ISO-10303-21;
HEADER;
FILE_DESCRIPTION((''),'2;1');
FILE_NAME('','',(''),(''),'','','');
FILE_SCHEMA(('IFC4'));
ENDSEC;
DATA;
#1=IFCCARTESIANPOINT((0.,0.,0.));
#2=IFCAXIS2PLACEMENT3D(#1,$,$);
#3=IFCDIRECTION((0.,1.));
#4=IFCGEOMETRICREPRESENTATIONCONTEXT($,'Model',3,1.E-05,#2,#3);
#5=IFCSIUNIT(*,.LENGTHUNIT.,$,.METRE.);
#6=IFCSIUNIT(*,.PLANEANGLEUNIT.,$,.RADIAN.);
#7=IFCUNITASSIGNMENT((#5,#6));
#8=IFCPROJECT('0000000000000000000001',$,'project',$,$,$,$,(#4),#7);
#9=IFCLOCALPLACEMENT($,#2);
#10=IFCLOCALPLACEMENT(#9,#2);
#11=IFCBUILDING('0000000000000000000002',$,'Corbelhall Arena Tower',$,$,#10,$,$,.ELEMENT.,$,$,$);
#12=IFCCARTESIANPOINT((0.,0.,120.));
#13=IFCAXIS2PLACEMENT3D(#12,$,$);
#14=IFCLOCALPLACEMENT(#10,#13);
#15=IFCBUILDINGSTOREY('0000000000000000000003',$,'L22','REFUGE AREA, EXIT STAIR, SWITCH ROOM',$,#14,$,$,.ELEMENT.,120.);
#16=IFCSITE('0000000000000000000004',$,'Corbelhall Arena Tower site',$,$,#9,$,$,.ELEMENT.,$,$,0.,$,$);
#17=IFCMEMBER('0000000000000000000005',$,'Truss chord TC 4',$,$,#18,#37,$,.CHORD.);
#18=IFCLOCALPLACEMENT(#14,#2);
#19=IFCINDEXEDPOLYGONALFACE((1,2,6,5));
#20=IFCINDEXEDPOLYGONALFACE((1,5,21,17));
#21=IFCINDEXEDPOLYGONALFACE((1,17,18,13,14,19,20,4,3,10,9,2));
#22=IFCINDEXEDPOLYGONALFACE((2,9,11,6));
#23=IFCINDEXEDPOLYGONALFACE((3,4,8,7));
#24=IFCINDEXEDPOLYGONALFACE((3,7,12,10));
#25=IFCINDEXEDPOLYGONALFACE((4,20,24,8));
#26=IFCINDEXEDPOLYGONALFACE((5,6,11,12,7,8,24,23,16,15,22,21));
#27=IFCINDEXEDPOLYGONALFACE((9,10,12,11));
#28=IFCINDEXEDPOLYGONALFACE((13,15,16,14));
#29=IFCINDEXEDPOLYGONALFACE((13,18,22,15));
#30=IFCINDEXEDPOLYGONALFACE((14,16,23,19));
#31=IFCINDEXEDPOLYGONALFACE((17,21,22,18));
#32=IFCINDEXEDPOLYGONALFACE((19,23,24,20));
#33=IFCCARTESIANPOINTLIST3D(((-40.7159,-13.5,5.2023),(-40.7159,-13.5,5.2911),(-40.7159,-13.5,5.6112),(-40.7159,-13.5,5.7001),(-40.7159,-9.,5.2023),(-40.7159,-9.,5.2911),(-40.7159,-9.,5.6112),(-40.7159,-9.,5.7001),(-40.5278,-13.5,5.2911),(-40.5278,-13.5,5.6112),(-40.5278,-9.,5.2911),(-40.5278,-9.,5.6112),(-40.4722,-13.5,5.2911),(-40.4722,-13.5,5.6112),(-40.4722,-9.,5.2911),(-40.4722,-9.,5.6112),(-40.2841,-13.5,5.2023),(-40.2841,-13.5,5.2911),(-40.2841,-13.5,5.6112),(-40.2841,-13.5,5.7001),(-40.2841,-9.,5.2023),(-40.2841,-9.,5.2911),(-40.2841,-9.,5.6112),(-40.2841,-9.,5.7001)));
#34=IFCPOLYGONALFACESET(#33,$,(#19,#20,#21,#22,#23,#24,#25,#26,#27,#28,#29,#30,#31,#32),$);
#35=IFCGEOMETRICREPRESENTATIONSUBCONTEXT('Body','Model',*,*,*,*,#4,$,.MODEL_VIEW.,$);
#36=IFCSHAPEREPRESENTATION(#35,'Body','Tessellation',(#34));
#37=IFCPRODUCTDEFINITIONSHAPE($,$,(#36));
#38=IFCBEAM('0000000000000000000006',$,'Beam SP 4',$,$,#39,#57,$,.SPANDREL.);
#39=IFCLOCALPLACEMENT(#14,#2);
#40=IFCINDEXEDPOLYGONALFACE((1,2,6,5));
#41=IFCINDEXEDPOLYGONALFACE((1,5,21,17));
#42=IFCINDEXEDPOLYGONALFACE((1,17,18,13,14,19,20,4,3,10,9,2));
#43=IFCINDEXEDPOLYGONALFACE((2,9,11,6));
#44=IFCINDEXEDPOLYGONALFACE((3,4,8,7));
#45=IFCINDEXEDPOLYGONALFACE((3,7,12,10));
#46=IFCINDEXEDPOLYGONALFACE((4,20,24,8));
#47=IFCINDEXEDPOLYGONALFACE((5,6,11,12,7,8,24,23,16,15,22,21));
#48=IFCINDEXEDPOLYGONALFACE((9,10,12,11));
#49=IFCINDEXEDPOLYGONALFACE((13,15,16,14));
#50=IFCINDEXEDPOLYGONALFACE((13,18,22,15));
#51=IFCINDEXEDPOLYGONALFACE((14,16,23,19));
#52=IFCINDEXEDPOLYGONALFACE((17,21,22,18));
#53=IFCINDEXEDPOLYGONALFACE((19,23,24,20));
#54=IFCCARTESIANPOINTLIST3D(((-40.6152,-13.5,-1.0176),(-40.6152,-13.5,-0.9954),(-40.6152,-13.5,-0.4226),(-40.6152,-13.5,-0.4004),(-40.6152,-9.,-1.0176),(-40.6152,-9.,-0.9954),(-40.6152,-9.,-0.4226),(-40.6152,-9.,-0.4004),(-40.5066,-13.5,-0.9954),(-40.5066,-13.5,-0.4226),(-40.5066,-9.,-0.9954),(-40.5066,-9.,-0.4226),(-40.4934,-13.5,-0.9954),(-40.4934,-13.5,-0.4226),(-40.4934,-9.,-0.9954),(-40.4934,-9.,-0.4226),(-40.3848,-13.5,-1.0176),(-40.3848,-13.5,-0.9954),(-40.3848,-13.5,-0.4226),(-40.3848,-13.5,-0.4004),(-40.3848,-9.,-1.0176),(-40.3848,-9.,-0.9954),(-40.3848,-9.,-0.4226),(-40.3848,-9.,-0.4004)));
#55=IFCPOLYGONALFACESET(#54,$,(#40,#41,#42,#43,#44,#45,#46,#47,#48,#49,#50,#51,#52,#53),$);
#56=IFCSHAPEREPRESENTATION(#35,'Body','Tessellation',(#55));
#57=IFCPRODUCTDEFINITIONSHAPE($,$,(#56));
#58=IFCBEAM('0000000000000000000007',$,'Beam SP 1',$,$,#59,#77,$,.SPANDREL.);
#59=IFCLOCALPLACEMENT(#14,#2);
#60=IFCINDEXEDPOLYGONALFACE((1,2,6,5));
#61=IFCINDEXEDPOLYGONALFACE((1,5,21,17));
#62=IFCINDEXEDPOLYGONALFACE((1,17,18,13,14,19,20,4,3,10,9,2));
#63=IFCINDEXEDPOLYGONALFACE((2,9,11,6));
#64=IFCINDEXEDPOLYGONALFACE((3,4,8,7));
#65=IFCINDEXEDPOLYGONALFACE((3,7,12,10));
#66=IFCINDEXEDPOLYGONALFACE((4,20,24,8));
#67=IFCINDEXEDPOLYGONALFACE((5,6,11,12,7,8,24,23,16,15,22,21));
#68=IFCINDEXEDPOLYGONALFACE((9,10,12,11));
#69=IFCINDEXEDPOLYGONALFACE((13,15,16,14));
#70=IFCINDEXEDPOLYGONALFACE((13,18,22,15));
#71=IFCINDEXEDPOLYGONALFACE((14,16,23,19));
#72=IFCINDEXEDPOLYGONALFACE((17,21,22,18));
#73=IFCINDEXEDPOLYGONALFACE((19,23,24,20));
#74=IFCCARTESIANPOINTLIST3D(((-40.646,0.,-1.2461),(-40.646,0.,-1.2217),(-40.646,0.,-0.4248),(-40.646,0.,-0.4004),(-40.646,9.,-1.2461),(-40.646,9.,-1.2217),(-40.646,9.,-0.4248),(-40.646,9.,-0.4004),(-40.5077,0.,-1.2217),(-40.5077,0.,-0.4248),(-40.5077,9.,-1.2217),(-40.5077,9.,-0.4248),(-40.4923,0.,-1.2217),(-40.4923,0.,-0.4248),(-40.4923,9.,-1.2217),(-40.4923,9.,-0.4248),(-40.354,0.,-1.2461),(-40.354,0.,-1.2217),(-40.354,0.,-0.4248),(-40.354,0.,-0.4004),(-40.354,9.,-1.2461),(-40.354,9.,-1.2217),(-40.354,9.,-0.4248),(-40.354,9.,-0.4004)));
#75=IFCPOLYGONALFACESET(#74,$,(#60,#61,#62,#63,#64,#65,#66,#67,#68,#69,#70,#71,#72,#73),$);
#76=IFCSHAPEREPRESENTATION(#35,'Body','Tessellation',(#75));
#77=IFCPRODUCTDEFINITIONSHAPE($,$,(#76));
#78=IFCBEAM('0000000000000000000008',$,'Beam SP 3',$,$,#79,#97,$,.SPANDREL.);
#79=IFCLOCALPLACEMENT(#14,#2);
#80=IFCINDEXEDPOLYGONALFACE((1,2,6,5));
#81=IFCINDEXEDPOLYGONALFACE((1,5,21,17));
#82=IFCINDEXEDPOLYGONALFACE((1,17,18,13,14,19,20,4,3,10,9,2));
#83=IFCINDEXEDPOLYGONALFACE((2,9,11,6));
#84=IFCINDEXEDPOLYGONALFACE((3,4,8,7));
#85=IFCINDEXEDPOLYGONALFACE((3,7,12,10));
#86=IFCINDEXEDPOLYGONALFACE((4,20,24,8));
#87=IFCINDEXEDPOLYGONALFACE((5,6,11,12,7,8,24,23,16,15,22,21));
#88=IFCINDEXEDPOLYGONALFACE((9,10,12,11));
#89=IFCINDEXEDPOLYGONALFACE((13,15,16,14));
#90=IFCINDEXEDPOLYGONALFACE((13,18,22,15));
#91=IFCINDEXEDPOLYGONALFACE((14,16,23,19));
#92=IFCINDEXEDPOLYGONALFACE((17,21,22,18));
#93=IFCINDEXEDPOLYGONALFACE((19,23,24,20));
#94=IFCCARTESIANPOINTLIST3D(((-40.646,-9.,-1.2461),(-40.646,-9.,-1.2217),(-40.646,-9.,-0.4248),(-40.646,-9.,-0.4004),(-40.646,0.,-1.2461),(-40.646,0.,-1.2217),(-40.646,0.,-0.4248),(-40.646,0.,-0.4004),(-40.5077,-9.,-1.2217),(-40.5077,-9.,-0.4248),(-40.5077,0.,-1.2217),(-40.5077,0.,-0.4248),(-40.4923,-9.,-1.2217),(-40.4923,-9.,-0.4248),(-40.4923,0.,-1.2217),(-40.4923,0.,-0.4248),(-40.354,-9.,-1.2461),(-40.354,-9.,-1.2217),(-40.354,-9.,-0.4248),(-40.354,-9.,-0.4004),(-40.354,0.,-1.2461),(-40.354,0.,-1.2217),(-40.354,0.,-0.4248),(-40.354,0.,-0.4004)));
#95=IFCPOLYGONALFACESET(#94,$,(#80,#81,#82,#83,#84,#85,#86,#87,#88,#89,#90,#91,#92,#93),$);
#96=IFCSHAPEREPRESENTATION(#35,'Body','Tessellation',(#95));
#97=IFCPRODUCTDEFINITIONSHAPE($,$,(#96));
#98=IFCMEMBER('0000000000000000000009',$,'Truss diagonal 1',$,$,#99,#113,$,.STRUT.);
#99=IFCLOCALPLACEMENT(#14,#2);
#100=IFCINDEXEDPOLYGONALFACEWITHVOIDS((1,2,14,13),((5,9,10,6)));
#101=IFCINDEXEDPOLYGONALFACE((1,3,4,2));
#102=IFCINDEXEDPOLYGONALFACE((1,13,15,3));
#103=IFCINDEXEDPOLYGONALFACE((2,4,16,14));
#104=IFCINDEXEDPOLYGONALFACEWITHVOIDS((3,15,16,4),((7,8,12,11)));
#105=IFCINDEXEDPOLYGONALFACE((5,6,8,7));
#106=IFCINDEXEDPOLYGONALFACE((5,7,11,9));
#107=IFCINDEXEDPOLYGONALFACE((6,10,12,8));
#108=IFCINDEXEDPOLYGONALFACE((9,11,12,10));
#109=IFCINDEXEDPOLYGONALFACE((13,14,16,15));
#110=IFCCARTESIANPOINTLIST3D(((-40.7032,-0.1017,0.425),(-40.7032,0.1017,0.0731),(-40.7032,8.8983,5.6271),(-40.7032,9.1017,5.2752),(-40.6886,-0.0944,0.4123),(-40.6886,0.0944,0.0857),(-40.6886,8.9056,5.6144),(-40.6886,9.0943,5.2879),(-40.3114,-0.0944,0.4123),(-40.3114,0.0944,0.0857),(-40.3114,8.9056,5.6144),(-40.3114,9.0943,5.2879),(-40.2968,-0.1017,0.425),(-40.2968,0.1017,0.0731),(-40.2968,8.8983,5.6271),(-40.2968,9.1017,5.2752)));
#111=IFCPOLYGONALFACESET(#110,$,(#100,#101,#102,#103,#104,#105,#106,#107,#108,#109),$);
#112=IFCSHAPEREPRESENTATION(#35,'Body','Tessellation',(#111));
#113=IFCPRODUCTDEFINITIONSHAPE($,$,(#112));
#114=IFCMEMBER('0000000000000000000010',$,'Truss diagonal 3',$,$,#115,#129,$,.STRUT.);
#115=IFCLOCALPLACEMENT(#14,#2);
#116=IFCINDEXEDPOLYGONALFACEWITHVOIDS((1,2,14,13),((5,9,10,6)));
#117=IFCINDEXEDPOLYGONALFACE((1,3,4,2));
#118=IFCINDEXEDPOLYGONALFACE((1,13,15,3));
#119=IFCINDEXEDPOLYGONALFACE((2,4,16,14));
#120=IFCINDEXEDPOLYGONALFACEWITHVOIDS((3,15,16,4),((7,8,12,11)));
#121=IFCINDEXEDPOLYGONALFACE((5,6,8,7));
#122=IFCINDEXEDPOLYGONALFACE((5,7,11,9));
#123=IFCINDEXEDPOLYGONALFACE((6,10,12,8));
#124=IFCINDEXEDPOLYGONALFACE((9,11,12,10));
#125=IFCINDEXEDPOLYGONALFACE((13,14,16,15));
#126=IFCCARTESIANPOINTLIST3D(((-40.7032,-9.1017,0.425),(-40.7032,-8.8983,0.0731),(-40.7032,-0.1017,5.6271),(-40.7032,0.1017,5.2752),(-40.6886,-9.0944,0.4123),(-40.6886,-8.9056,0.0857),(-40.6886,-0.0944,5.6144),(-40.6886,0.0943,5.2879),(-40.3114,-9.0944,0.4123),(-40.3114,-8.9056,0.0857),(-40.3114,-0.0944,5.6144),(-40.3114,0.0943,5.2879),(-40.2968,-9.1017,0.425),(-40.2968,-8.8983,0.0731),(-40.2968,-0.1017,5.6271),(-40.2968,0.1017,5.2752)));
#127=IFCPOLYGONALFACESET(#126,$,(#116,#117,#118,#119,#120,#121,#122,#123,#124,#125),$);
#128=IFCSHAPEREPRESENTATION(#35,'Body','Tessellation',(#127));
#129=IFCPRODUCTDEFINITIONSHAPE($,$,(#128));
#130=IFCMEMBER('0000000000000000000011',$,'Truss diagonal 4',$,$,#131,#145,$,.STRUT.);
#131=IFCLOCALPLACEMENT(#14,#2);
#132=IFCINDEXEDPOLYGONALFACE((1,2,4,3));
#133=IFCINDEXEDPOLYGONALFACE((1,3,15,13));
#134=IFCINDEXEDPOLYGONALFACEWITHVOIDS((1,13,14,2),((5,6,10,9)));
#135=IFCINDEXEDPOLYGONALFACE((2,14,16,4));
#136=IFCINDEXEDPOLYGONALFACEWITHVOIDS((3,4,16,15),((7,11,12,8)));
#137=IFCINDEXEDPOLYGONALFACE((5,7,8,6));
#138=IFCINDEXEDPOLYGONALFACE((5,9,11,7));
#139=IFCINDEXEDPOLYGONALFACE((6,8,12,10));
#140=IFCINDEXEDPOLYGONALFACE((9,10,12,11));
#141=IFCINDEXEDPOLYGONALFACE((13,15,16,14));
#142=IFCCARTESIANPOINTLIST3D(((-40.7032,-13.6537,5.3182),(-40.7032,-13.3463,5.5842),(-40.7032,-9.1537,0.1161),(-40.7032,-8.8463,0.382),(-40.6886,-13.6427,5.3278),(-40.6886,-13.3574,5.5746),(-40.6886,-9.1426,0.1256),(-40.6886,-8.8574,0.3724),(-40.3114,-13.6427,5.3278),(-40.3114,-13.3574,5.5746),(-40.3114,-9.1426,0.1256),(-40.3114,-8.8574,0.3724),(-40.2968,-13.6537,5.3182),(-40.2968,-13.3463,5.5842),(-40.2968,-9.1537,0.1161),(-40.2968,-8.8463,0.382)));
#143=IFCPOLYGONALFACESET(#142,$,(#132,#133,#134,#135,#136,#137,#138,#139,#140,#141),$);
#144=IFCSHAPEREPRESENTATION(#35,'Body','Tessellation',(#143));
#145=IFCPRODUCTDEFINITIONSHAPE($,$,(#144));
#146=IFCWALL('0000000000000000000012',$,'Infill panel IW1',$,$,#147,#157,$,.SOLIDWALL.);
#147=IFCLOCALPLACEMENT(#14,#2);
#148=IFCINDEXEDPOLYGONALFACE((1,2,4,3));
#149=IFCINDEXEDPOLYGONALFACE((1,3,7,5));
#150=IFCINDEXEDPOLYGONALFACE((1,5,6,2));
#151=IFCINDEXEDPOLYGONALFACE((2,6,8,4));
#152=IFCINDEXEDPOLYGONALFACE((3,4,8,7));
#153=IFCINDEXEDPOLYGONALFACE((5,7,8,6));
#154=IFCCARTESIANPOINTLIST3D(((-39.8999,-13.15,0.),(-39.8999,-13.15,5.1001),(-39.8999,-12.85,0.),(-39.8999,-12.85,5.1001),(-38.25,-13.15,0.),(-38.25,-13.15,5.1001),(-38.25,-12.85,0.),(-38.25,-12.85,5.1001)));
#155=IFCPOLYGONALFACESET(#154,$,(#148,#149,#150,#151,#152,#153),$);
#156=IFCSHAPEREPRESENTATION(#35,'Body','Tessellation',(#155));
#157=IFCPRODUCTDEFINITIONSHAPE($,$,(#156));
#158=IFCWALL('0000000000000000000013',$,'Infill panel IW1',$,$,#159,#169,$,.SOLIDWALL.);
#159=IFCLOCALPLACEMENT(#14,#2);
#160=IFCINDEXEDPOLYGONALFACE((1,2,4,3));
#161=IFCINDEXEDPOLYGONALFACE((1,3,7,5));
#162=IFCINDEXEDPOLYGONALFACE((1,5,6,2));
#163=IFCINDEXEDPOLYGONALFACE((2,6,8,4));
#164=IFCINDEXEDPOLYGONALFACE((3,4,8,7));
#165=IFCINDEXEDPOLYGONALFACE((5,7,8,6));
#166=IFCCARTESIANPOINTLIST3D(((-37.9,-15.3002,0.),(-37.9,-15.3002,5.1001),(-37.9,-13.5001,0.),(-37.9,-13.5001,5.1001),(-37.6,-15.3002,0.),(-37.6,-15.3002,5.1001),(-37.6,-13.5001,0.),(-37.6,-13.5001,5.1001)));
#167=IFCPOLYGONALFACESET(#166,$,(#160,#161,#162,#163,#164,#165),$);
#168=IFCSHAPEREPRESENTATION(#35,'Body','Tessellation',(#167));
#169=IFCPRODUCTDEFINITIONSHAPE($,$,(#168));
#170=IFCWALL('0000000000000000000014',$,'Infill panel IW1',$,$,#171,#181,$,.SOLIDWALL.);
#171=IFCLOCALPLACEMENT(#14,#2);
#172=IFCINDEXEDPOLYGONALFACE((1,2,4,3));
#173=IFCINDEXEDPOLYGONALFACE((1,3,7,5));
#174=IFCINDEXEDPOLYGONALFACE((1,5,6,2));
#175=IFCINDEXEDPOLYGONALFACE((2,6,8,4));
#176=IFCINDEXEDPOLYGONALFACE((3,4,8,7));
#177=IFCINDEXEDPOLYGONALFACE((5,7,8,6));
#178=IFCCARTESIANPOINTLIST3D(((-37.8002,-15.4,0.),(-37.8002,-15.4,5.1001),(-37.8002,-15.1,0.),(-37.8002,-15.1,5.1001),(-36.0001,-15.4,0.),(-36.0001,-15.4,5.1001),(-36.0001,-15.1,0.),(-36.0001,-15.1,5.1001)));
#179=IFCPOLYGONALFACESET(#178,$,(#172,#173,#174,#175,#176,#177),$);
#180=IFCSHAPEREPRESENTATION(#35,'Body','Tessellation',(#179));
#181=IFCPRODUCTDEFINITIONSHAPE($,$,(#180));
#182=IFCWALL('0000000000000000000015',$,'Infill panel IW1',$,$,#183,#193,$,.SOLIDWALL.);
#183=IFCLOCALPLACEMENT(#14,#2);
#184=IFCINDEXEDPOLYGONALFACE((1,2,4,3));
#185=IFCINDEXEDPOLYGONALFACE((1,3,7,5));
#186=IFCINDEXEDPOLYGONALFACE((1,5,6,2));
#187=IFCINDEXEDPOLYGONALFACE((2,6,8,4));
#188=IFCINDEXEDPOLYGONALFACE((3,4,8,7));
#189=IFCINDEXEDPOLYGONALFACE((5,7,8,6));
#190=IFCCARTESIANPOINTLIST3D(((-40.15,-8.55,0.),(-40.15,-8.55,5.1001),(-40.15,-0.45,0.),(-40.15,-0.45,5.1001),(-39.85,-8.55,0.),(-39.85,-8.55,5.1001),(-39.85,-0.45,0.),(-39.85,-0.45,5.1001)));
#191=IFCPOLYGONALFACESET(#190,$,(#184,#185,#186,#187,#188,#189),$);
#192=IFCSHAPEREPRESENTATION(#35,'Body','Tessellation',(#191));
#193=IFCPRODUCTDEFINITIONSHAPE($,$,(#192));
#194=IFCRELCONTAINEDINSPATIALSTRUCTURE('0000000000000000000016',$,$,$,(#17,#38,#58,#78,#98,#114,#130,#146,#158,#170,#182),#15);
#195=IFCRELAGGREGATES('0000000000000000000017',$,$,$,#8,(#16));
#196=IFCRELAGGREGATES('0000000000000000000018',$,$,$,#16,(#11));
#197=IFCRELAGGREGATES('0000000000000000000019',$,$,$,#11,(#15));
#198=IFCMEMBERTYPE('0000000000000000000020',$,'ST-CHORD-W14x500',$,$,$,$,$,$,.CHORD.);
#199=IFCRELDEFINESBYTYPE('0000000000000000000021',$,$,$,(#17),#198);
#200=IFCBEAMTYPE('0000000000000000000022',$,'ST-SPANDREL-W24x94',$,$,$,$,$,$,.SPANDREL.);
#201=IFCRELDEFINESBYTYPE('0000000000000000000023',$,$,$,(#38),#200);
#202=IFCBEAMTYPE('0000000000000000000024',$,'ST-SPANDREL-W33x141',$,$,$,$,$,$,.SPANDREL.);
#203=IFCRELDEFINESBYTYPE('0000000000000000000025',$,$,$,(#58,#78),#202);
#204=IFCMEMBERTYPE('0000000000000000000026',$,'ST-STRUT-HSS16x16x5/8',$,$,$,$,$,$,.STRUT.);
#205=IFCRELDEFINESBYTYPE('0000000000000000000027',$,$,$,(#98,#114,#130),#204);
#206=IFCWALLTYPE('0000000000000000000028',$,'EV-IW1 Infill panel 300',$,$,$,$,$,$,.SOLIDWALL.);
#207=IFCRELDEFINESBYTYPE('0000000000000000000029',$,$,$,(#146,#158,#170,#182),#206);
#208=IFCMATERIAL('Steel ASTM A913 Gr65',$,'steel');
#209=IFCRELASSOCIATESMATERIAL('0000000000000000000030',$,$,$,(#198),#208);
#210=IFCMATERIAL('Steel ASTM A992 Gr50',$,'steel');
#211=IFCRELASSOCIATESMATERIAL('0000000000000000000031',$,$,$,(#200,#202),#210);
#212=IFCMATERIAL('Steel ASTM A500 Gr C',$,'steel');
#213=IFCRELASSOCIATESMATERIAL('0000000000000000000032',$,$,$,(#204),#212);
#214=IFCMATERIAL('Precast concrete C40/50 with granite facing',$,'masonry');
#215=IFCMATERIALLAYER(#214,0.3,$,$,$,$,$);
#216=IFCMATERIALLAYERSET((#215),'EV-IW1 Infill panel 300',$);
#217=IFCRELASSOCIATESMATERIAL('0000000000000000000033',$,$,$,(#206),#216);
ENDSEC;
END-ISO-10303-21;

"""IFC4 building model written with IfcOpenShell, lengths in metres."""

from ifc_helpers import new_model, si_unit, direction, frame, frame_2d, origin, origin_2d, place, context, subcontext, project, spatial, rectangle, hollow_rectangle, i_section, extrude, material, layer, layer_set, material_profile, profile_set, type_object, element, save


model = new_model("IFC4")

# Units and contexts
model_context = context("Model", 3, precision=1e-05, world=origin(), true_north=direction((0.0, 1.0)))
body_context = subcontext(model_context, "Body", "Model", "MODEL_VIEW")
ifc_project = project(units=[si_unit("LENGTHUNIT", "METRE"), si_unit("PLANEANGLEUNIT", "RADIAN")], contexts=[model_context])

# Site, building, storey
site_placement = place(None, origin())
site = spatial("IfcSite", under=ifc_project, at=site_placement, Name="Corbelhall Arena Tower site", CompositionType="ELEMENT", RefElevation=0.0)
building_placement = place(site_placement, origin())
building = spatial("IfcBuilding", under=site, at=building_placement, Name="Corbelhall Arena Tower", CompositionType="ELEMENT")
storey_placement = place(building_placement, frame((0.0, 0.0, 120.0)))
storey = spatial("IfcBuildingStorey", under=building, at=storey_placement, Name="L22", Description="REFUGE AREA, EXIT STAIR, SWITCH ROOM", CompositionType="ELEMENT", Elevation=120.0)

# Member
ifc_material_1 = material(Name="Steel ASTM A913 Gr65", Category="steel")
ifc_material_profile_1 = material_profile(ifc_material_1, i_section(OverallWidth=0.4319, OverallDepth=0.4978, WebThickness=0.0557, FlangeThickness=0.0889, at=origin_2d()))
ifc_profile_set_1 = profile_set([ifc_material_profile_1], Name="Steel ASTM A913 Gr65")
member_type_1 = type_object("IfcMemberType", Name="ST-CHORD-W14x500", PredefinedType="CHORD", material=ifc_profile_set_1)
for number, where, z_axis, x_axis, name in (
    (1, (-40.5, -13.5, 5.4512), (0.0, 1.0, 0.0), (-1.0, 0.0, 0.0), "Truss chord TC 4"),
):
    element("IfcMember", number, at=place(storey_placement, frame(where, z_axis=z_axis, x_axis=x_axis)), inside=storey, type_object=member_type_1, Name=name, PredefinedType="CHORD", context=body_context, shape_type="SweptSolid", body=[
        extrude(i_section(OverallWidth=0.4319, OverallDepth=0.4978, WebThickness=0.0557, FlangeThickness=0.0889, at=origin_2d()), origin(), (0.0, 0.0, 1.0), 4.5),
    ])

# Beams
ifc_material_2 = material(Name="Steel ASTM A992 Gr50", Category="steel")
ifc_material_profile_2 = material_profile(ifc_material_2, i_section(OverallWidth=0.2305, OverallDepth=0.6172, WebThickness=0.0132, FlangeThickness=0.0222, at=origin_2d()))
ifc_profile_set_2 = profile_set([ifc_material_profile_2], Name="Steel ASTM A992 Gr50")
beam_type_1 = type_object("IfcBeamType", Name="ST-SPANDREL-W24x94", PredefinedType="SPANDREL", material=ifc_profile_set_2)
beam_placement = place(storey_placement, frame((-40.5, -13.5, -0.709), z_axis=(0.0, 1.0, 0.0), x_axis=(-1.0, 0.0, 0.0)))
element("IfcBeam", 2, at=beam_placement, inside=storey, type_object=beam_type_1, Name="Beam SP 4", PredefinedType="SPANDREL", context=body_context, shape_type="SweptSolid", body=[
    extrude(i_section(OverallWidth=0.2305, OverallDepth=0.6172, WebThickness=0.0132, FlangeThickness=0.0222, at=origin_2d()), origin(), (0.0, 0.0, 1.0), 4.5),
])
ifc_material_profile_3 = material_profile(ifc_material_2, i_section(OverallWidth=0.292, OverallDepth=0.8457, WebThickness=0.0154, FlangeThickness=0.0244, at=origin_2d()))
ifc_profile_set_3 = profile_set([ifc_material_profile_3], Name="Steel ASTM A992 Gr50")
beam_type_2 = type_object("IfcBeamType", Name="ST-SPANDREL-W33x141", PredefinedType="SPANDREL", material=ifc_profile_set_3)
for number, where, z_axis, x_axis, name in (
    (3, (-40.5, 0.0, -0.8232), (0.0, 1.0, 0.0), (-1.0, 0.0, 0.0), "Beam SP 1"),
    (4, (-40.5, -9.0, -0.8232), (0.0, 1.0, 0.0), (-1.0, 0.0, 0.0), "Beam SP 3"),
):
    element("IfcBeam", number, at=place(storey_placement, frame(where, z_axis=z_axis, x_axis=x_axis)), inside=storey, type_object=beam_type_2, Name=name, PredefinedType="SPANDREL", context=body_context, shape_type="SweptSolid", body=[
        extrude(i_section(OverallWidth=0.292, OverallDepth=0.8457, WebThickness=0.0154, FlangeThickness=0.0244, at=origin_2d()), origin(), (0.0, 0.0, 1.0), 9.0),
    ])

# Members
ifc_material_3 = material(Name="Steel ASTM A500 Gr C", Category="steel")
ifc_material_profile_4 = material_profile(ifc_material_3, hollow_rectangle(XDim=0.4065, YDim=0.4065, WallThickness=0.0146, at=origin_2d()))
ifc_profile_set_4 = profile_set([ifc_material_profile_4], Name="Steel ASTM A500 Gr C")
member_type_2 = type_object("IfcMemberType", Name="ST-STRUT-HSS16x16x5/8", PredefinedType="STRUT", material=ifc_profile_set_4)
for number, where, z_axis, x_axis, name in (
    (5, (-40.5, 0.0, 0.249), (0.0, 0.865776, 0.500433), (-1.0, 0.0, 0.0), "Truss diagonal 1"),
    (6, (-40.5, -9.0, 0.249), (0.0, 0.865776, 0.500433), (-1.0, 0.0, 0.0), "Truss diagonal 3"),
):
    element("IfcMember", number, at=place(storey_placement, frame(where, z_axis=z_axis, x_axis=x_axis)), inside=storey, type_object=member_type_2, Name=name, PredefinedType="STRUT", context=body_context, shape_type="SweptSolid", body=[
        extrude(hollow_rectangle(XDim=0.4065, YDim=0.4065, WallThickness=0.0146, at=origin_2d()), origin(), (0.0, 0.0, 1.0), 10.3953),
    ])
member_placement = place(storey_placement, frame((-40.5, -9.0, 0.249), z_axis=(0.0, -0.654222, 0.756302), x_axis=(1.0, 0.0, 0.0)))
element("IfcMember", 7, at=member_placement, inside=storey, type_object=member_type_2, Name="Truss diagonal 4", PredefinedType="STRUT", context=body_context, shape_type="SweptSolid", body=[
    extrude(hollow_rectangle(XDim=0.4065, YDim=0.4065, WallThickness=0.0146, at=origin_2d()), origin(), (0.0, 0.0, 1.0), 6.8784),
])

# Walls
ifc_material_4 = material(Name="Precast concrete C40/50 with granite facing", Category="masonry")
ifc_layer_1 = layer(ifc_material_4, 0.3)
ifc_layer_set_1 = layer_set([ifc_layer_1], Name="EV-IW1 Infill panel 300")
wall_type_1 = type_object("IfcWallType", Name="EV-IW1 Infill panel 300", PredefinedType="SOLIDWALL", material=ifc_layer_set_1)
wall_1_placement = place(storey_placement, frame((-39.8999, -13.0, 0.0), z_axis=(0.0, 0.0, 1.0), x_axis=(1.0, 0.0, 0.0)))
element("IfcWall", 8, at=wall_1_placement, inside=storey, type_object=wall_type_1, Name="Infill panel IW1", PredefinedType="SOLIDWALL", context=body_context, shape_type="SweptSolid", body=[
    extrude(rectangle(XDim=1.6499, YDim=0.3, at=frame_2d((0.825, 0.0))), origin(), (0.0, 0.0, 1.0), 5.1001),
])
for number, where, z_axis, x_axis, name in (
    (9, (-37.75, -15.3, 0.0), (0.0, 0.0, 1.0), (0.0, 1.0, 0.0), "Infill panel IW1"),
    (10, (-37.8, -15.25, 0.0), (0.0, 0.0, 1.0), (1.0, 0.0, 0.0), "Infill panel IW1"),
):
    element("IfcWall", number, at=place(storey_placement, frame(where, z_axis=z_axis, x_axis=x_axis)), inside=storey, type_object=wall_type_1, Name=name, PredefinedType="SOLIDWALL", context=body_context, shape_type="SweptSolid", body=[
        extrude(rectangle(XDim=1.8, YDim=0.3, at=frame_2d((0.8999, 0.0))), origin(), (0.0, 0.0, 1.0), 5.1001),
    ])
wall_2_placement = place(storey_placement, frame((-40.0, -0.45, 0.0), z_axis=(0.0, 0.0, 1.0), x_axis=(0.0, -1.0, 0.0)))
element("IfcWall", 11, at=wall_2_placement, inside=storey, type_object=wall_type_1, Name="Infill panel IW1", PredefinedType="SOLIDWALL", context=body_context, shape_type="SweptSolid", body=[
    extrude(rectangle(XDim=8.1001, YDim=0.3, at=frame_2d((4.05, 0.0))), origin(), (0.0, 0.0, 1.0), 5.1001),
])

save(model, "model.ifc")
